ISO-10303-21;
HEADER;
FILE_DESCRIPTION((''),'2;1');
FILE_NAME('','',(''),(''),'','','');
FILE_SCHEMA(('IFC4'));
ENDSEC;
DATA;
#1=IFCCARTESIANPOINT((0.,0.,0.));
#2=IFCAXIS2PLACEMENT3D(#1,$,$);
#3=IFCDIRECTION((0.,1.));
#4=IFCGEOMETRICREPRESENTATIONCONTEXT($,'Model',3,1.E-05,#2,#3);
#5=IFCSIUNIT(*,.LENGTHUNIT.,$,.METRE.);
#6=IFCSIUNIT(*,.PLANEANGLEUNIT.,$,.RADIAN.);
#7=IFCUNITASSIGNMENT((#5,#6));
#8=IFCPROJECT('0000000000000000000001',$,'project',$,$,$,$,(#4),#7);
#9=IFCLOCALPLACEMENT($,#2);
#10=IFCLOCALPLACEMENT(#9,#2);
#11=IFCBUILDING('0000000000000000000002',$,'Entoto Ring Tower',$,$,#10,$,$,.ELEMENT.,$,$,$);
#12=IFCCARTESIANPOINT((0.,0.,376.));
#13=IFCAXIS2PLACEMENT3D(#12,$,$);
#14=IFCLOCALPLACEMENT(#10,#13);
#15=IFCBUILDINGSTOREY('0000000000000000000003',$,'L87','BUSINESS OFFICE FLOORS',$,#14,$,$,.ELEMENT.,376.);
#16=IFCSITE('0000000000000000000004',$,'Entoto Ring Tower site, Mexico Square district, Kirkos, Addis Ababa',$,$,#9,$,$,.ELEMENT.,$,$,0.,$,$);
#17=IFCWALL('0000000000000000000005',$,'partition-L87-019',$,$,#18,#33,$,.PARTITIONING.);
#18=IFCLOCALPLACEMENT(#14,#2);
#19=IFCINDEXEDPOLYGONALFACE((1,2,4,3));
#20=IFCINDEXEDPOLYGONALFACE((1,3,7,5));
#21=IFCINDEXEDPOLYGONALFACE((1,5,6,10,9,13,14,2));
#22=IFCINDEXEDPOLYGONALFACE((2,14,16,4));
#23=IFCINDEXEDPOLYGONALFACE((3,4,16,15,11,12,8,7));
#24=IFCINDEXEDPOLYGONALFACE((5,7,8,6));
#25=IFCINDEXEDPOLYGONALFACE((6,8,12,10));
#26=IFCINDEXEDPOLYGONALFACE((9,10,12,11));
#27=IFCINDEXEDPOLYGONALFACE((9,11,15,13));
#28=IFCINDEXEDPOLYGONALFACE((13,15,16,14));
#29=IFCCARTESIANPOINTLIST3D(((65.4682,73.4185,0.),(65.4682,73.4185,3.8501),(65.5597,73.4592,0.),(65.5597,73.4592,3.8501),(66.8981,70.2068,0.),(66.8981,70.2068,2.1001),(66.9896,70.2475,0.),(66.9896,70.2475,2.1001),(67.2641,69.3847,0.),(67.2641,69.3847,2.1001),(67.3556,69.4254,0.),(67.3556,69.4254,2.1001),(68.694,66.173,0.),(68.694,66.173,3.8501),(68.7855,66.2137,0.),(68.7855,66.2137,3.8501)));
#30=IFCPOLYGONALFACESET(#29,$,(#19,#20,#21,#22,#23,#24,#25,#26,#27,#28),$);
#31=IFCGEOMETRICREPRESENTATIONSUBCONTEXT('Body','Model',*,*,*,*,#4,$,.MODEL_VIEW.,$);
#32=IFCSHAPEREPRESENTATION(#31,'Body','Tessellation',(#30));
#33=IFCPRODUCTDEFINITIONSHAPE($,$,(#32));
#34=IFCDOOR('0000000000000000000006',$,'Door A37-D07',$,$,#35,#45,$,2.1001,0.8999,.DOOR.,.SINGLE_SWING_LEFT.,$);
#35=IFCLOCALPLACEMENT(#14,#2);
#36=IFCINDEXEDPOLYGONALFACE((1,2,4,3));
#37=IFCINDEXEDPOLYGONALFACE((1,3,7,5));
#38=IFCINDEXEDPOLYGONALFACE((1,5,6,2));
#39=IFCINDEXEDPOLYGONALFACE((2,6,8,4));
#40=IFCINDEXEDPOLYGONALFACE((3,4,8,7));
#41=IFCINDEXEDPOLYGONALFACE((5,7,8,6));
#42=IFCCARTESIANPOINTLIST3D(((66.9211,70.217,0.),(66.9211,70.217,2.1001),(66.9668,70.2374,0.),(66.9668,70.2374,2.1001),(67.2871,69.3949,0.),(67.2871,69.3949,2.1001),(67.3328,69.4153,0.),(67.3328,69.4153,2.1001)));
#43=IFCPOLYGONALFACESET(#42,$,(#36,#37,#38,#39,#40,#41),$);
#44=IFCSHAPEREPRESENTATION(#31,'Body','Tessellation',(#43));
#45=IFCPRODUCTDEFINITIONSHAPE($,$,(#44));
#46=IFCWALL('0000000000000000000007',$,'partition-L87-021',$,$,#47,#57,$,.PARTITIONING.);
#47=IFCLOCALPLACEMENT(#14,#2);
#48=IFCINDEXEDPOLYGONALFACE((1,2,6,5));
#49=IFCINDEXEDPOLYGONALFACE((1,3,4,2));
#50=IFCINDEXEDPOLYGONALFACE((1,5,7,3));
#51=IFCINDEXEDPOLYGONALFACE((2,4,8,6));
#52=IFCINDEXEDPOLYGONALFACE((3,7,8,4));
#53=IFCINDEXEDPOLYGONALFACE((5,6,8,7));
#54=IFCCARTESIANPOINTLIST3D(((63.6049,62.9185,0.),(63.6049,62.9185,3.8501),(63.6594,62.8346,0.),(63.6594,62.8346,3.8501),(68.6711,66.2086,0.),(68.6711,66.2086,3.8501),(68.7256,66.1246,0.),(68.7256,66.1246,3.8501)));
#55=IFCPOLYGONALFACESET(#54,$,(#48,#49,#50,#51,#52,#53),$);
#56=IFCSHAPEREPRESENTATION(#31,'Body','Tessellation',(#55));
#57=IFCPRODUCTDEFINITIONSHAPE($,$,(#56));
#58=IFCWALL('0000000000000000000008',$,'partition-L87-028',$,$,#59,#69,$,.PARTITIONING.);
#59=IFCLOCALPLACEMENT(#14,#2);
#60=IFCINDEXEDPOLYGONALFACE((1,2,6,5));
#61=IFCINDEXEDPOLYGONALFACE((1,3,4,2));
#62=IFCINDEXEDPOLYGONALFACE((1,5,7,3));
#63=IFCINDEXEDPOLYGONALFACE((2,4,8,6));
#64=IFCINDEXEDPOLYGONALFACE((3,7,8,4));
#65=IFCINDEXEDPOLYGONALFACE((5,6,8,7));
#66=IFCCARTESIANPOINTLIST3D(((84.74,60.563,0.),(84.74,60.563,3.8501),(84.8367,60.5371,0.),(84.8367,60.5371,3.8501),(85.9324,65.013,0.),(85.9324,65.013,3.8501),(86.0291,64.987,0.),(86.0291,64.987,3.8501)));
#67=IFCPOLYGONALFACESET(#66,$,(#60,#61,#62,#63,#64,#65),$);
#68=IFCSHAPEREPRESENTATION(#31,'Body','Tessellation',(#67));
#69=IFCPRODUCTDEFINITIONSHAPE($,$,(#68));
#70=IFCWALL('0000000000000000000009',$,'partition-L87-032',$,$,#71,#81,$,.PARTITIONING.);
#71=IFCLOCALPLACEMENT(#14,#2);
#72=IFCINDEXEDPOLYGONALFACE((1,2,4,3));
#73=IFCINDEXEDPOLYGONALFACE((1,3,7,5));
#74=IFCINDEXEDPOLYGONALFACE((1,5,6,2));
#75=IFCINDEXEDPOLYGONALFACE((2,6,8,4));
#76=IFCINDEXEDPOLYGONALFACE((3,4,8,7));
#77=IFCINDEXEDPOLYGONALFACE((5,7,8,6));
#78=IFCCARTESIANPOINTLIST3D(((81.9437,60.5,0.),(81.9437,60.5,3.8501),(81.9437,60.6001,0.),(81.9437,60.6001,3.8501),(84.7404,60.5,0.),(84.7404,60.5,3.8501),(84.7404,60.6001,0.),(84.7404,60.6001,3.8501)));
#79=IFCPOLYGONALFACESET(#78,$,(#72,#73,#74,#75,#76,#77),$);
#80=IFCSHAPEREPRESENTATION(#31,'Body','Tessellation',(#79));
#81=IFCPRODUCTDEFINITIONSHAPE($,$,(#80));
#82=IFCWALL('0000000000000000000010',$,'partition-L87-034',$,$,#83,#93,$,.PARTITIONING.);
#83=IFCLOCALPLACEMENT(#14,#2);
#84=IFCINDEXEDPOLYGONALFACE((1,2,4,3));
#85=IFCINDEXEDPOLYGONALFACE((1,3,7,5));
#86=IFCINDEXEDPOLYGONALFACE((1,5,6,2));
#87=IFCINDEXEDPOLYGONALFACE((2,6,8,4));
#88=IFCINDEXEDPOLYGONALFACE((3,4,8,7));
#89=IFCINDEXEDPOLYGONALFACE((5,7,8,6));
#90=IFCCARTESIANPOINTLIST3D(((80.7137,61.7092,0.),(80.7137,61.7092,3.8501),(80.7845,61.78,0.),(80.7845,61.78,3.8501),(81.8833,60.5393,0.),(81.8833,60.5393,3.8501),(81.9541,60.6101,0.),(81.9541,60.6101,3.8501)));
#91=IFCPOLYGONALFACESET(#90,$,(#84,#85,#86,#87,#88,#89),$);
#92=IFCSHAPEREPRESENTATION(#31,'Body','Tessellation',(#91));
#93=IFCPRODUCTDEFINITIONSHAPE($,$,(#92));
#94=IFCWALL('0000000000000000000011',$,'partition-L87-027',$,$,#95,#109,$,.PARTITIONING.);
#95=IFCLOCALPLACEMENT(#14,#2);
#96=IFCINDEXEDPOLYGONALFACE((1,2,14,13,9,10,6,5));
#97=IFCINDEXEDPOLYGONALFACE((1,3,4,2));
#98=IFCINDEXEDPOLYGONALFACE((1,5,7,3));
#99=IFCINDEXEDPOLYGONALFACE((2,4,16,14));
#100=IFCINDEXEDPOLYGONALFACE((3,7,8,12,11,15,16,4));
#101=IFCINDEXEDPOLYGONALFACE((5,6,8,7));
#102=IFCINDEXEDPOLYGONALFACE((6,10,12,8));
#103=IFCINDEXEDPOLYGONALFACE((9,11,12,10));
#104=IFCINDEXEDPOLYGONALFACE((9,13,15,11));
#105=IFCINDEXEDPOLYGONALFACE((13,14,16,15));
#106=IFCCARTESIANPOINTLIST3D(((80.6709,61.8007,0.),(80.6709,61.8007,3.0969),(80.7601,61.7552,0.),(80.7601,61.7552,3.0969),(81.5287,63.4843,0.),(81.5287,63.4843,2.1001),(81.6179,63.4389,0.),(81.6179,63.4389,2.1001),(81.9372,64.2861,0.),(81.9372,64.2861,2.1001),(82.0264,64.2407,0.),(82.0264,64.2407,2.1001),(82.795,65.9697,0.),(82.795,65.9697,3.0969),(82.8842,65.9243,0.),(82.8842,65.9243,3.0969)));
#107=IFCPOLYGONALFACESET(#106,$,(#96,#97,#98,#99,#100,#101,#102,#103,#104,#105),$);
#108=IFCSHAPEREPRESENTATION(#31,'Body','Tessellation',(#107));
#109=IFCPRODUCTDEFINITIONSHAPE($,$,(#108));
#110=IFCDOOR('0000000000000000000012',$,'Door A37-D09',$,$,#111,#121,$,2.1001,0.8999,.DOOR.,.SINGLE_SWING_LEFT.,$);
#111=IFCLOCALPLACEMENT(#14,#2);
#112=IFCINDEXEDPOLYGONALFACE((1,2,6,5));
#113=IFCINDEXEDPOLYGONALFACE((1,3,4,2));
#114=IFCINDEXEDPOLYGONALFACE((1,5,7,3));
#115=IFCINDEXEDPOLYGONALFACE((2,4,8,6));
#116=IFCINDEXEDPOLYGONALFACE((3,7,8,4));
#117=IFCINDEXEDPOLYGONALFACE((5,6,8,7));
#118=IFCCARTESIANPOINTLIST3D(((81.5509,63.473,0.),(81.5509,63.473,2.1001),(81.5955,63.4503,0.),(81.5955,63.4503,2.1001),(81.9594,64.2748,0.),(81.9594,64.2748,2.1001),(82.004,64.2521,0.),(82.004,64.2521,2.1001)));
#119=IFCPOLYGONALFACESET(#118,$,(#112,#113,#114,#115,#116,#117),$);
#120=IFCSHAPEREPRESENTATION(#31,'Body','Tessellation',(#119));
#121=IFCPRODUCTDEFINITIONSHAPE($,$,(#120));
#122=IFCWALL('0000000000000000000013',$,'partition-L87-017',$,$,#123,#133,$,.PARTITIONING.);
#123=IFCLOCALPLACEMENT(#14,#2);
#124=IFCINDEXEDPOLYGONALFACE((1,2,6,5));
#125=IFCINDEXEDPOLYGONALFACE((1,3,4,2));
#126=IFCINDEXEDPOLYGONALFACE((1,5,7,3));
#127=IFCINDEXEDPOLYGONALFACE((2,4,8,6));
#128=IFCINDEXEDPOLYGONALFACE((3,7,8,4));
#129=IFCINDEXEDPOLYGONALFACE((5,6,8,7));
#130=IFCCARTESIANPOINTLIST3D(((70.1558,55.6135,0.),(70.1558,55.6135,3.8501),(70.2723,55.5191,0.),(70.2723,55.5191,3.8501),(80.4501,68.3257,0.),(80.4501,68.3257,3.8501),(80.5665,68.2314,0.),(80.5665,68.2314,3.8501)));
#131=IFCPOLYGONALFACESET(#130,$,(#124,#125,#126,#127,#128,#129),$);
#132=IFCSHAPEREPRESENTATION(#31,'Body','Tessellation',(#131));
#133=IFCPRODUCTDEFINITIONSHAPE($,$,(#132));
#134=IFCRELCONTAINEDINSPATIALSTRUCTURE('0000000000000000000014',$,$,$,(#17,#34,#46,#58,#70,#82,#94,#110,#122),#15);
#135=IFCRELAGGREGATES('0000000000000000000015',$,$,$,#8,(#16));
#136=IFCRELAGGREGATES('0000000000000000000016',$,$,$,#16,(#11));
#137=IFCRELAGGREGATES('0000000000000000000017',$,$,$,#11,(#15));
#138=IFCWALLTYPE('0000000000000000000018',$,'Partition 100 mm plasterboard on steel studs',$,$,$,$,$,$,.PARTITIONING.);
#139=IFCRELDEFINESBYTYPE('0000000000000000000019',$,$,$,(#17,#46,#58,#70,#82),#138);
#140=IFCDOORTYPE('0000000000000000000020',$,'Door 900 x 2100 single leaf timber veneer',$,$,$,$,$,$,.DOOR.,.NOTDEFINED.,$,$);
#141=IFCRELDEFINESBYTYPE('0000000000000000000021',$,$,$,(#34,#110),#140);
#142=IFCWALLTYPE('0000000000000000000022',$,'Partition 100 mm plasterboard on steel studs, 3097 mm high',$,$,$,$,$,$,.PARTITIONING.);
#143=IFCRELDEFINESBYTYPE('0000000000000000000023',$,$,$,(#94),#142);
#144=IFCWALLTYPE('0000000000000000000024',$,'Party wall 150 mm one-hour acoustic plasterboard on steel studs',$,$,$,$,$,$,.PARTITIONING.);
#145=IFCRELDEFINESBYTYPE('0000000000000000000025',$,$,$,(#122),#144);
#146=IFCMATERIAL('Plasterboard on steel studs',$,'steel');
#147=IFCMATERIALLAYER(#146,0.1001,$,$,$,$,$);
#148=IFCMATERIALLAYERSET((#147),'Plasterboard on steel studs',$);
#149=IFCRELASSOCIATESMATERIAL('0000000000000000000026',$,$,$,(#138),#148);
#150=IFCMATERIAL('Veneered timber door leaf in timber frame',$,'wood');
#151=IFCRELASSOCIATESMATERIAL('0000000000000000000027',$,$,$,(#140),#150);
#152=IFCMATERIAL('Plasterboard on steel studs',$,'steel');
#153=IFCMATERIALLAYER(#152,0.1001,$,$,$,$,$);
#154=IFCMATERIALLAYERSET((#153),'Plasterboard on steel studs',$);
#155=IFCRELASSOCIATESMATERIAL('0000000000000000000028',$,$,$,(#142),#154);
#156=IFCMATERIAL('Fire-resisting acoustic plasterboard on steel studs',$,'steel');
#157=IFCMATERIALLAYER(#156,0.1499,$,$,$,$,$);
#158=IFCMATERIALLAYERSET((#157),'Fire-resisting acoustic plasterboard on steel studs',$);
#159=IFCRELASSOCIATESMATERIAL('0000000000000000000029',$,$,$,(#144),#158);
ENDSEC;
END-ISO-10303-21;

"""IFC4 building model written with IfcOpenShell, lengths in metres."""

from ifc_helpers import new_model, si_unit, direction, frame, frame_2d, origin, place, context, subcontext, project, spatial, rectangle, extrude, material, layer, layer_set, type_object, element, fill, save


model = new_model("IFC4")

# Units and contexts
model_context = context("Model", 3, precision=1e-05, world=origin(), true_north=direction((0.0, 1.0)))
body_context = subcontext(model_context, "Body", "Model", "MODEL_VIEW")
ifc_project = project(units=[si_unit("LENGTHUNIT", "METRE"), si_unit("PLANEANGLEUNIT", "RADIAN")], contexts=[model_context])

# Site, building, storey
site_placement = place(None, origin())
site = spatial("IfcSite", under=ifc_project, at=site_placement, Name="Entoto Ring Tower site, Mexico Square district, Kirkos, Addis Ababa", CompositionType="ELEMENT", RefElevation=0.0)
building_placement = place(site_placement, origin())
building = spatial("IfcBuilding", under=site, at=building_placement, Name="Entoto Ring Tower", CompositionType="ELEMENT")
storey_placement = place(building_placement, frame((0.0, 0.0, 376.0)))
storey = spatial("IfcBuildingStorey", under=building, at=storey_placement, Name="L87", Description="BUSINESS OFFICE FLOORS", CompositionType="ELEMENT", Elevation=376.0)

# Wall, opening, door
ifc_material_1 = material(Name="Plasterboard on steel studs", Category="steel")
ifc_layer_1 = layer(ifc_material_1, 0.1001)
ifc_layer_set_1 = layer_set([ifc_layer_1], Name="Plasterboard on steel studs")
wall_type_1 = type_object("IfcWallType", Name="Partition 100 mm plasterboard on steel studs", PredefinedType="PARTITIONING", material=ifc_layer_set_1)
wall_1_placement = place(storey_placement, frame((68.7397, 66.1934, 0.0), z_axis=(0.0, 0.0, 1.0), x_axis=(-0.406724, 0.913551, 0.0)))
wall_1 = element("IfcWall", 1, at=wall_1_placement, inside=storey, type_object=wall_type_1, Name="partition-L87-019", PredefinedType="PARTITIONING", context=body_context, shape_type="SweptSolid", body=[
    extrude(rectangle(XDim=7.9312, YDim=0.1001, at=frame_2d((3.9656, 0.0))), origin(), (0.0, 0.0, 1.0), 3.8501),
])
opening_1_placement = place(wall_1_placement, frame((3.5156, 0.0, 0.0)))
opening_1 = element("IfcOpeningElement", 2, at=opening_1_placement, cuts=wall_1, PredefinedType="OPENING", context=body_context, shape_type="SweptSolid", body=[
    extrude(rectangle(XDim=0.8999, YDim=2.1001, at=frame_2d((0.45, 1.05))), frame((0.0, 0.0601, 0.0), z_axis=(0.0, -1.0, 0.0), x_axis=(1.0, 0.0, 0.0)), (0.0, 0.0, 1.0), 0.1201),
])
ifc_material_2 = material(Name="Veneered timber door leaf in timber frame", Category="wood")
door_type_1 = type_object("IfcDoorType", Name="Door 900 x 2100 single leaf timber veneer", OperationType="NOTDEFINED", PredefinedType="DOOR", material=ifc_material_2)
door_1_placement = place(opening_1_placement, origin())
door_1 = element("IfcDoor", 3, at=door_1_placement, inside=storey, type_object=door_type_1, Name="Door A37-D07", OperationType="SINGLE_SWING_LEFT", OverallHeight=2.1001, OverallWidth=0.8999, PredefinedType="DOOR", context=body_context, shape_type="SweptSolid", body=[
    extrude(rectangle(XDim=0.8999, YDim=2.1001, at=frame_2d((0.45, 1.05))), frame((0.0, 0.0249, 0.0), z_axis=(0.0, -1.0, 0.0), x_axis=(1.0, 0.0, 0.0)), (0.0, 0.0, 1.0), 0.05),
])
fill(opening_1, door_1)

# Walls
wall_2_placement = place(storey_placement, frame((63.6321, 62.8765, 0.0), z_axis=(0.0, 0.0, 1.0), x_axis=(0.838668, 0.544643, 0.0)))
element("IfcWall", 4, at=wall_2_placement, inside=storey, type_object=wall_type_1, Name="partition-L87-021", PredefinedType="PARTITIONING", context=body_context, shape_type="SweptSolid", body=[
    extrude(rectangle(XDim=6.0408, YDim=0.1001, at=frame_2d((3.0205, 0.0))), origin(), (0.0, 0.0, 1.0), 3.8501),
])
wall_3_placement = place(storey_placement, frame((84.7883, 60.55, 0.0), z_axis=(0.0, 0.0, 1.0), x_axis=(0.258823, 0.965925, 0.0)))
element("IfcWall", 5, at=wall_3_placement, inside=storey, type_object=wall_type_1, Name="partition-L87-028", PredefinedType="PARTITIONING", context=body_context, shape_type="SweptSolid", body=[
    extrude(rectangle(XDim=4.6069, YDim=0.1001, at=frame_2d((2.3035, 0.0))), origin(), (0.0, 0.0, 1.0), 3.8501),
])
wall_4_placement = place(storey_placement, frame((81.9436, 60.55, 0.0), z_axis=(0.0, 0.0, 1.0), x_axis=(1.0, 0.0, 0.0)))
element("IfcWall", 6, at=wall_4_placement, inside=storey, type_object=wall_type_1, Name="partition-L87-032", PredefinedType="PARTITIONING", context=body_context, shape_type="SweptSolid", body=[
    extrude(rectangle(XDim=2.7966, YDim=0.1001, at=frame_2d((1.3984, 0.0))), origin(), (0.0, 0.0, 1.0), 3.8501),
])
wall_5_placement = place(storey_placement, frame((81.9187, 60.5747, 0.0), z_axis=(0.0, 0.0, 1.0), x_axis=(-0.707033, 0.707181, 0.0)))
element("IfcWall", 7, at=wall_5_placement, inside=storey, type_object=wall_type_1, Name="partition-L87-034", PredefinedType="PARTITIONING", context=body_context, shape_type="SweptSolid", body=[
    extrude(rectangle(XDim=1.6543, YDim=0.1001, at=frame_2d((0.8271, 0.0))), origin(), (0.0, 0.0, 1.0), 3.8501),
])

# Wall, opening, door
ifc_material_3 = material(Name="Plasterboard on steel studs", Category="steel")
ifc_layer_2 = layer(ifc_material_3, 0.1001)
ifc_layer_set_2 = layer_set([ifc_layer_2], Name="Plasterboard on steel studs")
wall_type_2 = type_object("IfcWallType", Name="Partition 100 mm plasterboard on steel studs, 3097 mm high", PredefinedType="PARTITIONING", material=ifc_layer_set_2)
wall_6_placement = place(storey_placement, frame((80.7156, 61.7781, 0.0), z_axis=(0.0, 0.0, 1.0), x_axis=(0.453963, 0.89102, 0.0)))
wall_6 = element("IfcWall", 8, at=wall_6_placement, inside=storey, type_object=wall_type_2, Name="partition-L87-027", PredefinedType="PARTITIONING", context=body_context, shape_type="SweptSolid", body=[
    extrude(rectangle(XDim=4.679, YDim=0.1001, at=frame_2d((2.3394, 0.0))), origin(), (0.0, 0.0, 1.0), 3.0969),
])
opening_2_placement = place(wall_6_placement, frame((1.8894, 0.0, 0.0)))
opening_2 = element("IfcOpeningElement", 9, at=opening_2_placement, cuts=wall_6, PredefinedType="OPENING", context=body_context, shape_type="SweptSolid", body=[
    extrude(rectangle(XDim=0.8999, YDim=2.1001, at=frame_2d((0.45, 1.05))), frame((0.0, 0.0601, 0.0), z_axis=(0.0, -1.0, 0.0), x_axis=(1.0, 0.0, 0.0)), (0.0, 0.0, 1.0), 0.1201),
])
door_2_placement = place(opening_2_placement, frame((0.8999, 0.0, 0.0), z_axis=(0.0, 0.0, 1.0), x_axis=(-1.0, 0.0, 0.0)))
door_2 = element("IfcDoor", 10, at=door_2_placement, inside=storey, type_object=door_type_1, Name="Door A37-D09", OperationType="SINGLE_SWING_LEFT", OverallHeight=2.1001, OverallWidth=0.8999, PredefinedType="DOOR", context=body_context, shape_type="SweptSolid", body=[
    extrude(rectangle(XDim=0.8999, YDim=2.1001, at=frame_2d((0.45, 1.05))), frame((0.0, 0.0249, 0.0), z_axis=(0.0, -1.0, 0.0), x_axis=(1.0, 0.0, 0.0)), (0.0, 0.0, 1.0), 0.05),
])
fill(opening_2, door_2)

# Wall
ifc_material_4 = material(Name="Fire-resisting acoustic plasterboard on steel studs", Category="steel")
ifc_layer_3 = layer(ifc_material_4, 0.1499)
ifc_layer_set_3 = layer_set([ifc_layer_3], Name="Fire-resisting acoustic plasterboard on steel studs")
wall_type_3 = type_object("IfcWallType", Name="Party wall 150 mm one-hour acoustic plasterboard on steel studs", PredefinedType="PARTITIONING", material=ifc_layer_set_3)
wall_7_placement = place(storey_placement, frame((70.2141, 55.5664, 0.0), z_axis=(0.0, 0.0, 1.0), x_axis=(0.629324, 0.777143, 0.0)))
element("IfcWall", 11, at=wall_7_placement, inside=storey, type_object=wall_type_3, Name="partition-L87-017", PredefinedType="PARTITIONING", context=body_context, shape_type="SweptSolid", body=[
    extrude(rectangle(XDim=16.3577, YDim=0.1499, at=frame_2d((8.1787, 0.0))), origin(), (0.0, 0.0, 1.0), 3.8501),
])

save(model, "model.ifc")
